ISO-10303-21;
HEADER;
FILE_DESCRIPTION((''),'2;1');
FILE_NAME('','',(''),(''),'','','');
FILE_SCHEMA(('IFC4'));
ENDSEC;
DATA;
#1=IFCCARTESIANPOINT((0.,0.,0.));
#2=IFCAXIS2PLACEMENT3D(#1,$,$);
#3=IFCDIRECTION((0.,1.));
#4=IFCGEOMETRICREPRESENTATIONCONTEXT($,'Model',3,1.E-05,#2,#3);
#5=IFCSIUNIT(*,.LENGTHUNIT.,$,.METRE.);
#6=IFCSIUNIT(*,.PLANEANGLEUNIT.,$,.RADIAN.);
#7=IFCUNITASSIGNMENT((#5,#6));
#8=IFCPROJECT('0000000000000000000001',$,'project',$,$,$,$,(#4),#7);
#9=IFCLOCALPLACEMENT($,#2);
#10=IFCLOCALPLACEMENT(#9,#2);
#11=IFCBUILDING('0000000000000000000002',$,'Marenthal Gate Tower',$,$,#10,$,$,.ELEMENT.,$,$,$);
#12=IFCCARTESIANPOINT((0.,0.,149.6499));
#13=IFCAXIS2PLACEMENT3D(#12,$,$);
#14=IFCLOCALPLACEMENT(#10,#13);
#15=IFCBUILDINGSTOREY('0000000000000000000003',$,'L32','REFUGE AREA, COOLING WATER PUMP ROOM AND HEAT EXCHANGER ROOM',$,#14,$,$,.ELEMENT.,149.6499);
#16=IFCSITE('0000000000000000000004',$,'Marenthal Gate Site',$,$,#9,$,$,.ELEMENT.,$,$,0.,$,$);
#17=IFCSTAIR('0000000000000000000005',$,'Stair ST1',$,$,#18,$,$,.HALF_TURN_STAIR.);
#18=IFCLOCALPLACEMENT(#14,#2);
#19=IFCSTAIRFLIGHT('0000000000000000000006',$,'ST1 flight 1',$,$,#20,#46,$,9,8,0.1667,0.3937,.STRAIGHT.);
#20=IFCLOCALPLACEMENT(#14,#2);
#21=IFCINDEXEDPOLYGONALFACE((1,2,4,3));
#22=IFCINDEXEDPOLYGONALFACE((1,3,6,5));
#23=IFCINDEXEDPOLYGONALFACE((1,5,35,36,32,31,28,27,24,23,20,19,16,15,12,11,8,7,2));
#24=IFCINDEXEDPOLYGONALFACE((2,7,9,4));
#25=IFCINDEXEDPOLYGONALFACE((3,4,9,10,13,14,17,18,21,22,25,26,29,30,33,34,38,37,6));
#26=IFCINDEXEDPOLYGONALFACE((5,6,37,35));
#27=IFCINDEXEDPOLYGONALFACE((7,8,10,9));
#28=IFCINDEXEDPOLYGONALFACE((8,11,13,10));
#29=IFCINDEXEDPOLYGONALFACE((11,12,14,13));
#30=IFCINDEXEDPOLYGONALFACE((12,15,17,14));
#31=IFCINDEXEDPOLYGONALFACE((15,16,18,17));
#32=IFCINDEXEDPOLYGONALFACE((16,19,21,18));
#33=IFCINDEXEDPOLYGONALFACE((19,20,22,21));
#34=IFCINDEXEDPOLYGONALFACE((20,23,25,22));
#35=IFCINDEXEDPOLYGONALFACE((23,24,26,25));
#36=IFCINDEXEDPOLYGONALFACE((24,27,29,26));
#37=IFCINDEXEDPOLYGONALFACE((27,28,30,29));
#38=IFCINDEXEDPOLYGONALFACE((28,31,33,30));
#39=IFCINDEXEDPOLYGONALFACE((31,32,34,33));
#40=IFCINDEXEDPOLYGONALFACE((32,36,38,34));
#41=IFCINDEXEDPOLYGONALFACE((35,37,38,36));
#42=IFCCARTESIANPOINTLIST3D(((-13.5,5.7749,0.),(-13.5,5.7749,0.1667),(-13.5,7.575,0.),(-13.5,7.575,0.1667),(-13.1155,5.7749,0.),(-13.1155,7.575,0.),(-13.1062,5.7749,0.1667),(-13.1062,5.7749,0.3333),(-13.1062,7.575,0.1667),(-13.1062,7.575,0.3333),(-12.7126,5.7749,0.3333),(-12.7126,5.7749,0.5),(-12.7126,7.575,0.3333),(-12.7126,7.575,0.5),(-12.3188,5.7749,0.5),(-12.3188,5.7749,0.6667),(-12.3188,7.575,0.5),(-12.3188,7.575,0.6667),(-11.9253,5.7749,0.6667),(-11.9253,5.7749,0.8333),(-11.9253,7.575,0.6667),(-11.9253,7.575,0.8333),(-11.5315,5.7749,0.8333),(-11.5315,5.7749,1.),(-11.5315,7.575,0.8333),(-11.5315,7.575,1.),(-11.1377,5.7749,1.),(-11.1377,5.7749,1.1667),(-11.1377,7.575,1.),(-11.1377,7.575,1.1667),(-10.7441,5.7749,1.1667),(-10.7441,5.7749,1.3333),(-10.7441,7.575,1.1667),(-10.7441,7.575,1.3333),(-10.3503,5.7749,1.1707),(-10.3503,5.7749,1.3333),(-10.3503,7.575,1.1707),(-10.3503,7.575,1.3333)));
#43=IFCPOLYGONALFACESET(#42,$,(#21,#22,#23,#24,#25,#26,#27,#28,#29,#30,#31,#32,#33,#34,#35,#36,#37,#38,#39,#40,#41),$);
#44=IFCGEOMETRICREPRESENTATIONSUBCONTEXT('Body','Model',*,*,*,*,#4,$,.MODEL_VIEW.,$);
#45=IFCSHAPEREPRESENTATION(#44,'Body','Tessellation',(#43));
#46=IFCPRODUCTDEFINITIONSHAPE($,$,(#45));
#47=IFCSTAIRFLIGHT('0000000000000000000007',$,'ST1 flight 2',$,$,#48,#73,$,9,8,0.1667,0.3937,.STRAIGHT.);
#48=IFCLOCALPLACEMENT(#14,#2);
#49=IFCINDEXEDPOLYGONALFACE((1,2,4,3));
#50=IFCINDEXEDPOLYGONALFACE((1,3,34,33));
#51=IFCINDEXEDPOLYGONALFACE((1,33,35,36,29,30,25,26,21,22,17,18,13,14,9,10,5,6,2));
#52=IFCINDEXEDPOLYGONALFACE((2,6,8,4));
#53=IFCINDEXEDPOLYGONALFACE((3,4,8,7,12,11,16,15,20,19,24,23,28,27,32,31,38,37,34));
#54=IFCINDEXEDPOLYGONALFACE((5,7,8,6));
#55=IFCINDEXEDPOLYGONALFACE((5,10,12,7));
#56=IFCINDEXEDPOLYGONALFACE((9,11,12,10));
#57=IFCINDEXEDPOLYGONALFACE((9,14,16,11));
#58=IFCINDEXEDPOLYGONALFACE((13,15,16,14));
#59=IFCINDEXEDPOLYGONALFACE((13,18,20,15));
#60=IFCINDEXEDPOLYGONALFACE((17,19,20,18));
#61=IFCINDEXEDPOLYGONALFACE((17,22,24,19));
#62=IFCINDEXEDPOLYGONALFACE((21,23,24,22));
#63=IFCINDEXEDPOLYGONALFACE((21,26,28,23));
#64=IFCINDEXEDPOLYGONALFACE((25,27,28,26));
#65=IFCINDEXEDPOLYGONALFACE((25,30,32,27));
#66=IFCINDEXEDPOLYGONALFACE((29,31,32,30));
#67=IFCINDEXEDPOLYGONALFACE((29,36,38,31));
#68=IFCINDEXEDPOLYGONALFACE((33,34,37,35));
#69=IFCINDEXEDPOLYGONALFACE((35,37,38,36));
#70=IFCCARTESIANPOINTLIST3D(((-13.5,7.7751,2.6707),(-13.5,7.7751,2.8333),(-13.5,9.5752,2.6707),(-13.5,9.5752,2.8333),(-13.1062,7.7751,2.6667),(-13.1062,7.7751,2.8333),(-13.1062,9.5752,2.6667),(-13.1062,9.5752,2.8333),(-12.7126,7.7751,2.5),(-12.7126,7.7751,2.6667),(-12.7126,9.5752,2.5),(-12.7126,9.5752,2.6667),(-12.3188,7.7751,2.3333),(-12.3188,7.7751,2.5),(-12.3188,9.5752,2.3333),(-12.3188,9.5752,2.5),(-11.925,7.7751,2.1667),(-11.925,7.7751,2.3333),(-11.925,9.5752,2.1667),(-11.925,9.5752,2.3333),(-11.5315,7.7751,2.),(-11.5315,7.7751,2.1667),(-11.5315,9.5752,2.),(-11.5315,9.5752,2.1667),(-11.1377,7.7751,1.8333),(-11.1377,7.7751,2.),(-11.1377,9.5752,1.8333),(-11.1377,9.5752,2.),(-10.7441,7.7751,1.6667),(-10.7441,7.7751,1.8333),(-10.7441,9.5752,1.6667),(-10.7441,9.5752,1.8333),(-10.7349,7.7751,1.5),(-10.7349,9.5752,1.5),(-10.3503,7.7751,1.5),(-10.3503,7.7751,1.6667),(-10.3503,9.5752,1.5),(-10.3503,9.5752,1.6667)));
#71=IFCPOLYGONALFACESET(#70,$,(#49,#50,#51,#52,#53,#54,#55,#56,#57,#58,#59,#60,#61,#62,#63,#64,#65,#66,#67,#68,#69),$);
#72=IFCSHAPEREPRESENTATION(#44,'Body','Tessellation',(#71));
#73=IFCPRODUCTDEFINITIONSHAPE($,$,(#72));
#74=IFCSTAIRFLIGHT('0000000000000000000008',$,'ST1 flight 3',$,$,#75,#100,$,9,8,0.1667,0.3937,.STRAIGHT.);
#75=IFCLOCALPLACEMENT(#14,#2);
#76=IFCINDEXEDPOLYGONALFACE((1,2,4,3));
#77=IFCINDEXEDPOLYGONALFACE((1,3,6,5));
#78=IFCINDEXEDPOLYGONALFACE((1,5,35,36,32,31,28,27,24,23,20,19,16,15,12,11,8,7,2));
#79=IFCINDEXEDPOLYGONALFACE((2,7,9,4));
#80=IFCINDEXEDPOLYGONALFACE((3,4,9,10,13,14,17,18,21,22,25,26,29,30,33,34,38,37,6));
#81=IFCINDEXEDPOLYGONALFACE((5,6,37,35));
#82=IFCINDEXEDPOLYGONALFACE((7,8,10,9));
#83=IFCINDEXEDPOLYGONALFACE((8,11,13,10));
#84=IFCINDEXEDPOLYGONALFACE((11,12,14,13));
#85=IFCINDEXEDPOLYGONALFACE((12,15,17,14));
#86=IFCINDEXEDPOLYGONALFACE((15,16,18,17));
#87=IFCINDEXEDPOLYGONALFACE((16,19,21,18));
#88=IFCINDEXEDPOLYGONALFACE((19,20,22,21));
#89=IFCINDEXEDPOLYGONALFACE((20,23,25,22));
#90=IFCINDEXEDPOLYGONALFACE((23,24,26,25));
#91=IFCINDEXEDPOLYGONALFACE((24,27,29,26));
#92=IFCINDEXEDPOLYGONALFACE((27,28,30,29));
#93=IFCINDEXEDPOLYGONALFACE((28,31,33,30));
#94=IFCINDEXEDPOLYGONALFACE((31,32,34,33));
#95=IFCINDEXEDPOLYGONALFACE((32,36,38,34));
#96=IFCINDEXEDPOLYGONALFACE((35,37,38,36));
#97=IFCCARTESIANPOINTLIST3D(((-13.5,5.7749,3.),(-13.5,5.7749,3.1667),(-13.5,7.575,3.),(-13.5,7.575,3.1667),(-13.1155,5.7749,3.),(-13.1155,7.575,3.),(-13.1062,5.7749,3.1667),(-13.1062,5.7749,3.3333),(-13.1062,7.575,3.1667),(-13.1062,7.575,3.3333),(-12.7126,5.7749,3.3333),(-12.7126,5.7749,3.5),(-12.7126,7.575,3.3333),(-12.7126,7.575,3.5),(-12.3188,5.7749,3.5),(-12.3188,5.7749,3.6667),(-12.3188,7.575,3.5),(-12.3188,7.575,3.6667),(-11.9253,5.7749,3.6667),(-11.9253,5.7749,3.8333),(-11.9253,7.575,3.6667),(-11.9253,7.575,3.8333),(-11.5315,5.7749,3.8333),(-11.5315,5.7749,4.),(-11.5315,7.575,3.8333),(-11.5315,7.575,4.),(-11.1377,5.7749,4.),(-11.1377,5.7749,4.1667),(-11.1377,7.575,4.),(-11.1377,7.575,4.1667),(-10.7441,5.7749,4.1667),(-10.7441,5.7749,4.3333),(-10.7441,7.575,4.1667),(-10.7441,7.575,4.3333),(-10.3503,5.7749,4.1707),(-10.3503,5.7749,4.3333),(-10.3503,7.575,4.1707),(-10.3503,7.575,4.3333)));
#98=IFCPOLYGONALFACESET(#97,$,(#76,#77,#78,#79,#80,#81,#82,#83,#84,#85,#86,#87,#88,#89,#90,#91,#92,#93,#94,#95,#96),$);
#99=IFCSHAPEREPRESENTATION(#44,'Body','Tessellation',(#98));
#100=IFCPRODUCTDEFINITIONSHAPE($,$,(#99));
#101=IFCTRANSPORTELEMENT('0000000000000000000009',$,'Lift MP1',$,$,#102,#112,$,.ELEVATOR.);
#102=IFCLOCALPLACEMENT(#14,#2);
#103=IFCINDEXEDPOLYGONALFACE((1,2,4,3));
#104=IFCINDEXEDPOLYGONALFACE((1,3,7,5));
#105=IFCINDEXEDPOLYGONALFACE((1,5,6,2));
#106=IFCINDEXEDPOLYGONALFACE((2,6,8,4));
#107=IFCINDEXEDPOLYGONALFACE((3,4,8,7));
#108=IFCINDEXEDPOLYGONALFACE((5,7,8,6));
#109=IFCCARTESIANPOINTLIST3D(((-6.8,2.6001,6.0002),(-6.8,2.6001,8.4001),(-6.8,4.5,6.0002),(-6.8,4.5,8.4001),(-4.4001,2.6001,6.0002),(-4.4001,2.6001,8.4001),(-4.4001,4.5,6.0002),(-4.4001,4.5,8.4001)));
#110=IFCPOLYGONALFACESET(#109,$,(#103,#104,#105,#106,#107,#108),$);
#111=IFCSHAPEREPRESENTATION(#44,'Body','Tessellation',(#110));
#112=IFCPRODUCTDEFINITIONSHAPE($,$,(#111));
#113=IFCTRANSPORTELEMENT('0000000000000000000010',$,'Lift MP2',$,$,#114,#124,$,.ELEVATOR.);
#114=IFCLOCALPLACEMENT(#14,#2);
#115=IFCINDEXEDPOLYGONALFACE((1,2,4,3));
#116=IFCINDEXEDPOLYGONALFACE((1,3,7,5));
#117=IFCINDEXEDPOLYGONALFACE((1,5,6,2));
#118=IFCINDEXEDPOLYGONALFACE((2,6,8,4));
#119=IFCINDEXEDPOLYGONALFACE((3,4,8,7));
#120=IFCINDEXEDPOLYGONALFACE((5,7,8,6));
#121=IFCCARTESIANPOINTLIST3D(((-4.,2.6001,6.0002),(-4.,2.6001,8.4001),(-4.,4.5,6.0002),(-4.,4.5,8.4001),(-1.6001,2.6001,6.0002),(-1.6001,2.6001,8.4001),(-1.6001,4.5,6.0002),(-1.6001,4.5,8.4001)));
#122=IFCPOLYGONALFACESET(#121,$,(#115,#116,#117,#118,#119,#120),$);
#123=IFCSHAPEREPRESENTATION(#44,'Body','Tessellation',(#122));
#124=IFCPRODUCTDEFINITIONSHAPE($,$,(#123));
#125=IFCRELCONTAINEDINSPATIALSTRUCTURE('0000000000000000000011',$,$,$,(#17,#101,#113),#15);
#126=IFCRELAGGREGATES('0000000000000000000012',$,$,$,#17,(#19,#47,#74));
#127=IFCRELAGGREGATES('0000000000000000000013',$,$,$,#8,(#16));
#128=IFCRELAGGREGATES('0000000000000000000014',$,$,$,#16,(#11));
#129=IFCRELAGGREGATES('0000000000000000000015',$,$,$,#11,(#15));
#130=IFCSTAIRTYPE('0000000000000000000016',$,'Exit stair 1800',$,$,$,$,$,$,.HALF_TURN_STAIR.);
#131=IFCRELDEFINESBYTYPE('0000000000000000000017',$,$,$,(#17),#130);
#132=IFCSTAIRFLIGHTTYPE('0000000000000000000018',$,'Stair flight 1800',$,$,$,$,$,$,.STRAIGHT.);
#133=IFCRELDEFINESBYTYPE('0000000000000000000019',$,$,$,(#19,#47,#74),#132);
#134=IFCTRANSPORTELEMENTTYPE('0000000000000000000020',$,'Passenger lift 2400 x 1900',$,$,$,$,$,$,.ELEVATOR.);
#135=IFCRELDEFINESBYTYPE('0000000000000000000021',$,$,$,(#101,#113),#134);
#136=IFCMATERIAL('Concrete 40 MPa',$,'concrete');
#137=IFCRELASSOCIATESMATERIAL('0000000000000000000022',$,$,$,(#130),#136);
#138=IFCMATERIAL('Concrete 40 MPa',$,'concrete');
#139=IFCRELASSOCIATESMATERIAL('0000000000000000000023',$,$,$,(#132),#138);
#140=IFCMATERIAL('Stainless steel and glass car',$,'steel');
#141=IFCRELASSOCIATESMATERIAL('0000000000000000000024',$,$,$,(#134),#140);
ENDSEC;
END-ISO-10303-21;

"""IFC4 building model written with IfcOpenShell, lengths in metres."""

from ifc_helpers import new_model, si_unit, direction, frame, origin, origin_2d, place, context, subcontext, project, spatial, polyline, rectangle, outline, extrude, material, type_object, element, aggregate, save


model = new_model("IFC4")

# Units and contexts
model_context = context("Model", 3, precision=1e-05, world=origin(), true_north=direction((0.0, 1.0)))
body_context = subcontext(model_context, "Body", "Model", "MODEL_VIEW")
ifc_project = project(units=[si_unit("LENGTHUNIT", "METRE"), si_unit("PLANEANGLEUNIT", "RADIAN")], contexts=[model_context])

# Site, building, storey
site_placement = place(None, origin())
site = spatial("IfcSite", under=ifc_project, at=site_placement, Name="Marenthal Gate Site", CompositionType="ELEMENT", RefElevation=0.0)
building_placement = place(site_placement, origin())
building = spatial("IfcBuilding", under=site, at=building_placement, Name="Marenthal Gate Tower", CompositionType="ELEMENT")
storey_placement = place(building_placement, frame((0.0, 0.0, 149.6499)))
storey = spatial("IfcBuildingStorey", under=building, at=storey_placement, Name="L32", Description="REFUGE AREA, COOLING WATER PUMP ROOM AND HEAT EXCHANGER ROOM", CompositionType="ELEMENT", Elevation=149.6499)

# Stair, stair flights
ifc_material_1 = material(Name="Concrete 40 MPa", Category="concrete")
stair_type = type_object("IfcStairType", Name="Exit stair 1800", PredefinedType="HALF_TURN_STAIR", material=ifc_material_1)
stair_placement = place(storey_placement, origin())
stair = element("IfcStair", 1, at=stair_placement, inside=storey, type_object=stair_type, Name="Stair ST1", PredefinedType="HALF_TURN_STAIR")
ifc_material_2 = material(Name="Concrete 40 MPa", Category="concrete")
stair_flight_type = type_object("IfcStairFlightType", Name="Stair flight 1800", PredefinedType="STRAIGHT", material=ifc_material_2)
stair_flight_1_placement = place(storey_placement, frame((-13.5, 6.675, 0.0), z_axis=(0.0, 0.0, 1.0), x_axis=(1.0, 0.0, 0.0)))
stair_flight_1 = element("IfcStairFlight", 2, at=stair_flight_1_placement, type_object=stair_flight_type, Name="ST1 flight 1", NumberOfRisers=9, NumberOfTreads=8, PredefinedType="STRAIGHT", RiserHeight=0.1667, TreadLength=0.3937, context=body_context, shape_type="SweptSolid", body=[
    extrude(outline(polyline([(0.0, 0.0), (0.0, 0.1667), (0.3938, 0.1667), (0.3938, 0.3333), (0.7874, 0.3333), (0.7874, 0.5), (1.1812, 0.5), (1.1812, 0.6667), (1.5747, 0.6667), (1.5747, 0.8333), (1.9685, 0.8333), (1.9685, 1.0), (2.3623, 1.0), (2.3623, 1.1667), (2.7559, 1.1667), (2.7559, 1.3333), (3.1497, 1.3333), (3.1497, 1.5), (3.1497, 1.1707), (0.3845, 0.0), (0.0, 0.0)])), frame((0.0, 0.8999, 0.0), z_axis=(0.0, -1.0, 0.0), x_axis=(1.0, 0.0, 0.0)), (0.0, 0.0, 1.0), 1.8),
])
stair_flight_2_placement = place(storey_placement, frame((-10.3503, 8.675, 1.5), z_axis=(0.0, 0.0, 1.0), x_axis=(-1.0, 0.0, 0.0)))
stair_flight_2 = element("IfcStairFlight", 3, at=stair_flight_2_placement, type_object=stair_flight_type, Name="ST1 flight 2", NumberOfRisers=9, NumberOfTreads=8, PredefinedType="STRAIGHT", RiserHeight=0.1667, TreadLength=0.3937, context=body_context, shape_type="SweptSolid", body=[
    extrude(outline(polyline([(0.0, 0.0), (0.0, 0.1667), (0.3938, 0.1667), (0.3938, 0.3333), (0.7874, 0.3333), (0.7874, 0.5), (1.1812, 0.5), (1.1812, 0.6667), (1.5747, 0.6667), (1.5747, 0.8333), (1.9685, 0.8333), (1.9685, 1.0), (2.3623, 1.0), (2.3623, 1.1667), (2.7559, 1.1667), (2.7559, 1.3333), (3.1497, 1.3333), (3.1497, 1.5), (3.1497, 1.1707), (0.3845, 0.0), (0.0, 0.0)])), frame((0.0, 0.8999, 0.0), z_axis=(0.0, -1.0, 0.0), x_axis=(1.0, 0.0, 0.0)), (0.0, 0.0, 1.0), 1.8),
])
stair_flight_3_placement = place(storey_placement, frame((-13.5, 6.675, 3.0), z_axis=(0.0, 0.0, 1.0), x_axis=(1.0, 0.0, 0.0)))
stair_flight_3 = element("IfcStairFlight", 4, at=stair_flight_3_placement, type_object=stair_flight_type, Name="ST1 flight 3", NumberOfRisers=9, NumberOfTreads=8, PredefinedType="STRAIGHT", RiserHeight=0.1667, TreadLength=0.3937, context=body_context, shape_type="SweptSolid", body=[
    extrude(outline(polyline([(0.0, 0.0), (0.0, 0.1667), (0.3938, 0.1667), (0.3938, 0.3333), (0.7874, 0.3333), (0.7874, 0.5), (1.1812, 0.5), (1.1812, 0.6667), (1.5747, 0.6667), (1.5747, 0.8333), (1.9685, 0.8333), (1.9685, 1.0), (2.3623, 1.0), (2.3623, 1.1667), (2.7559, 1.1667), (2.7559, 1.3333), (3.1497, 1.3333), (3.1497, 1.5), (3.1497, 1.1707), (0.3845, 0.0), (0.0, 0.0)])), frame((0.0, 0.8999, 0.0), z_axis=(0.0, -1.0, 0.0), x_axis=(1.0, 0.0, 0.0)), (0.0, 0.0, 1.0), 1.8),
])
aggregate(stair, [stair_flight_1, stair_flight_2, stair_flight_3])

# Transport elements
ifc_material_3 = material(Name="Stainless steel and glass car", Category="steel")
transport_element_type = type_object("IfcTransportElementType", Name="Passenger lift 2400 x 1900", PredefinedType="ELEVATOR", material=ifc_material_3)
for number, where, z_axis, x_axis, name in (
    (5, (-5.6001, 3.55, 6.0002), (0.0, 0.0, 1.0), (1.0, 0.0, 0.0), "Lift MP1"),
    (6, (-2.8, 3.55, 6.0002), (0.0, 0.0, 1.0), (1.0, 0.0, 0.0), "Lift MP2"),
):
    element("IfcTransportElement", number, at=place(storey_placement, frame(where, z_axis=z_axis, x_axis=x_axis)), inside=storey, type_object=transport_element_type, Name=name, PredefinedType="ELEVATOR", context=body_context, shape_type="SweptSolid", body=[
        extrude(rectangle(XDim=2.3999, YDim=1.8999, at=origin_2d()), origin(), (0.0, 0.0, 1.0), 2.3999),
    ])

save(model, "model.ifc")
